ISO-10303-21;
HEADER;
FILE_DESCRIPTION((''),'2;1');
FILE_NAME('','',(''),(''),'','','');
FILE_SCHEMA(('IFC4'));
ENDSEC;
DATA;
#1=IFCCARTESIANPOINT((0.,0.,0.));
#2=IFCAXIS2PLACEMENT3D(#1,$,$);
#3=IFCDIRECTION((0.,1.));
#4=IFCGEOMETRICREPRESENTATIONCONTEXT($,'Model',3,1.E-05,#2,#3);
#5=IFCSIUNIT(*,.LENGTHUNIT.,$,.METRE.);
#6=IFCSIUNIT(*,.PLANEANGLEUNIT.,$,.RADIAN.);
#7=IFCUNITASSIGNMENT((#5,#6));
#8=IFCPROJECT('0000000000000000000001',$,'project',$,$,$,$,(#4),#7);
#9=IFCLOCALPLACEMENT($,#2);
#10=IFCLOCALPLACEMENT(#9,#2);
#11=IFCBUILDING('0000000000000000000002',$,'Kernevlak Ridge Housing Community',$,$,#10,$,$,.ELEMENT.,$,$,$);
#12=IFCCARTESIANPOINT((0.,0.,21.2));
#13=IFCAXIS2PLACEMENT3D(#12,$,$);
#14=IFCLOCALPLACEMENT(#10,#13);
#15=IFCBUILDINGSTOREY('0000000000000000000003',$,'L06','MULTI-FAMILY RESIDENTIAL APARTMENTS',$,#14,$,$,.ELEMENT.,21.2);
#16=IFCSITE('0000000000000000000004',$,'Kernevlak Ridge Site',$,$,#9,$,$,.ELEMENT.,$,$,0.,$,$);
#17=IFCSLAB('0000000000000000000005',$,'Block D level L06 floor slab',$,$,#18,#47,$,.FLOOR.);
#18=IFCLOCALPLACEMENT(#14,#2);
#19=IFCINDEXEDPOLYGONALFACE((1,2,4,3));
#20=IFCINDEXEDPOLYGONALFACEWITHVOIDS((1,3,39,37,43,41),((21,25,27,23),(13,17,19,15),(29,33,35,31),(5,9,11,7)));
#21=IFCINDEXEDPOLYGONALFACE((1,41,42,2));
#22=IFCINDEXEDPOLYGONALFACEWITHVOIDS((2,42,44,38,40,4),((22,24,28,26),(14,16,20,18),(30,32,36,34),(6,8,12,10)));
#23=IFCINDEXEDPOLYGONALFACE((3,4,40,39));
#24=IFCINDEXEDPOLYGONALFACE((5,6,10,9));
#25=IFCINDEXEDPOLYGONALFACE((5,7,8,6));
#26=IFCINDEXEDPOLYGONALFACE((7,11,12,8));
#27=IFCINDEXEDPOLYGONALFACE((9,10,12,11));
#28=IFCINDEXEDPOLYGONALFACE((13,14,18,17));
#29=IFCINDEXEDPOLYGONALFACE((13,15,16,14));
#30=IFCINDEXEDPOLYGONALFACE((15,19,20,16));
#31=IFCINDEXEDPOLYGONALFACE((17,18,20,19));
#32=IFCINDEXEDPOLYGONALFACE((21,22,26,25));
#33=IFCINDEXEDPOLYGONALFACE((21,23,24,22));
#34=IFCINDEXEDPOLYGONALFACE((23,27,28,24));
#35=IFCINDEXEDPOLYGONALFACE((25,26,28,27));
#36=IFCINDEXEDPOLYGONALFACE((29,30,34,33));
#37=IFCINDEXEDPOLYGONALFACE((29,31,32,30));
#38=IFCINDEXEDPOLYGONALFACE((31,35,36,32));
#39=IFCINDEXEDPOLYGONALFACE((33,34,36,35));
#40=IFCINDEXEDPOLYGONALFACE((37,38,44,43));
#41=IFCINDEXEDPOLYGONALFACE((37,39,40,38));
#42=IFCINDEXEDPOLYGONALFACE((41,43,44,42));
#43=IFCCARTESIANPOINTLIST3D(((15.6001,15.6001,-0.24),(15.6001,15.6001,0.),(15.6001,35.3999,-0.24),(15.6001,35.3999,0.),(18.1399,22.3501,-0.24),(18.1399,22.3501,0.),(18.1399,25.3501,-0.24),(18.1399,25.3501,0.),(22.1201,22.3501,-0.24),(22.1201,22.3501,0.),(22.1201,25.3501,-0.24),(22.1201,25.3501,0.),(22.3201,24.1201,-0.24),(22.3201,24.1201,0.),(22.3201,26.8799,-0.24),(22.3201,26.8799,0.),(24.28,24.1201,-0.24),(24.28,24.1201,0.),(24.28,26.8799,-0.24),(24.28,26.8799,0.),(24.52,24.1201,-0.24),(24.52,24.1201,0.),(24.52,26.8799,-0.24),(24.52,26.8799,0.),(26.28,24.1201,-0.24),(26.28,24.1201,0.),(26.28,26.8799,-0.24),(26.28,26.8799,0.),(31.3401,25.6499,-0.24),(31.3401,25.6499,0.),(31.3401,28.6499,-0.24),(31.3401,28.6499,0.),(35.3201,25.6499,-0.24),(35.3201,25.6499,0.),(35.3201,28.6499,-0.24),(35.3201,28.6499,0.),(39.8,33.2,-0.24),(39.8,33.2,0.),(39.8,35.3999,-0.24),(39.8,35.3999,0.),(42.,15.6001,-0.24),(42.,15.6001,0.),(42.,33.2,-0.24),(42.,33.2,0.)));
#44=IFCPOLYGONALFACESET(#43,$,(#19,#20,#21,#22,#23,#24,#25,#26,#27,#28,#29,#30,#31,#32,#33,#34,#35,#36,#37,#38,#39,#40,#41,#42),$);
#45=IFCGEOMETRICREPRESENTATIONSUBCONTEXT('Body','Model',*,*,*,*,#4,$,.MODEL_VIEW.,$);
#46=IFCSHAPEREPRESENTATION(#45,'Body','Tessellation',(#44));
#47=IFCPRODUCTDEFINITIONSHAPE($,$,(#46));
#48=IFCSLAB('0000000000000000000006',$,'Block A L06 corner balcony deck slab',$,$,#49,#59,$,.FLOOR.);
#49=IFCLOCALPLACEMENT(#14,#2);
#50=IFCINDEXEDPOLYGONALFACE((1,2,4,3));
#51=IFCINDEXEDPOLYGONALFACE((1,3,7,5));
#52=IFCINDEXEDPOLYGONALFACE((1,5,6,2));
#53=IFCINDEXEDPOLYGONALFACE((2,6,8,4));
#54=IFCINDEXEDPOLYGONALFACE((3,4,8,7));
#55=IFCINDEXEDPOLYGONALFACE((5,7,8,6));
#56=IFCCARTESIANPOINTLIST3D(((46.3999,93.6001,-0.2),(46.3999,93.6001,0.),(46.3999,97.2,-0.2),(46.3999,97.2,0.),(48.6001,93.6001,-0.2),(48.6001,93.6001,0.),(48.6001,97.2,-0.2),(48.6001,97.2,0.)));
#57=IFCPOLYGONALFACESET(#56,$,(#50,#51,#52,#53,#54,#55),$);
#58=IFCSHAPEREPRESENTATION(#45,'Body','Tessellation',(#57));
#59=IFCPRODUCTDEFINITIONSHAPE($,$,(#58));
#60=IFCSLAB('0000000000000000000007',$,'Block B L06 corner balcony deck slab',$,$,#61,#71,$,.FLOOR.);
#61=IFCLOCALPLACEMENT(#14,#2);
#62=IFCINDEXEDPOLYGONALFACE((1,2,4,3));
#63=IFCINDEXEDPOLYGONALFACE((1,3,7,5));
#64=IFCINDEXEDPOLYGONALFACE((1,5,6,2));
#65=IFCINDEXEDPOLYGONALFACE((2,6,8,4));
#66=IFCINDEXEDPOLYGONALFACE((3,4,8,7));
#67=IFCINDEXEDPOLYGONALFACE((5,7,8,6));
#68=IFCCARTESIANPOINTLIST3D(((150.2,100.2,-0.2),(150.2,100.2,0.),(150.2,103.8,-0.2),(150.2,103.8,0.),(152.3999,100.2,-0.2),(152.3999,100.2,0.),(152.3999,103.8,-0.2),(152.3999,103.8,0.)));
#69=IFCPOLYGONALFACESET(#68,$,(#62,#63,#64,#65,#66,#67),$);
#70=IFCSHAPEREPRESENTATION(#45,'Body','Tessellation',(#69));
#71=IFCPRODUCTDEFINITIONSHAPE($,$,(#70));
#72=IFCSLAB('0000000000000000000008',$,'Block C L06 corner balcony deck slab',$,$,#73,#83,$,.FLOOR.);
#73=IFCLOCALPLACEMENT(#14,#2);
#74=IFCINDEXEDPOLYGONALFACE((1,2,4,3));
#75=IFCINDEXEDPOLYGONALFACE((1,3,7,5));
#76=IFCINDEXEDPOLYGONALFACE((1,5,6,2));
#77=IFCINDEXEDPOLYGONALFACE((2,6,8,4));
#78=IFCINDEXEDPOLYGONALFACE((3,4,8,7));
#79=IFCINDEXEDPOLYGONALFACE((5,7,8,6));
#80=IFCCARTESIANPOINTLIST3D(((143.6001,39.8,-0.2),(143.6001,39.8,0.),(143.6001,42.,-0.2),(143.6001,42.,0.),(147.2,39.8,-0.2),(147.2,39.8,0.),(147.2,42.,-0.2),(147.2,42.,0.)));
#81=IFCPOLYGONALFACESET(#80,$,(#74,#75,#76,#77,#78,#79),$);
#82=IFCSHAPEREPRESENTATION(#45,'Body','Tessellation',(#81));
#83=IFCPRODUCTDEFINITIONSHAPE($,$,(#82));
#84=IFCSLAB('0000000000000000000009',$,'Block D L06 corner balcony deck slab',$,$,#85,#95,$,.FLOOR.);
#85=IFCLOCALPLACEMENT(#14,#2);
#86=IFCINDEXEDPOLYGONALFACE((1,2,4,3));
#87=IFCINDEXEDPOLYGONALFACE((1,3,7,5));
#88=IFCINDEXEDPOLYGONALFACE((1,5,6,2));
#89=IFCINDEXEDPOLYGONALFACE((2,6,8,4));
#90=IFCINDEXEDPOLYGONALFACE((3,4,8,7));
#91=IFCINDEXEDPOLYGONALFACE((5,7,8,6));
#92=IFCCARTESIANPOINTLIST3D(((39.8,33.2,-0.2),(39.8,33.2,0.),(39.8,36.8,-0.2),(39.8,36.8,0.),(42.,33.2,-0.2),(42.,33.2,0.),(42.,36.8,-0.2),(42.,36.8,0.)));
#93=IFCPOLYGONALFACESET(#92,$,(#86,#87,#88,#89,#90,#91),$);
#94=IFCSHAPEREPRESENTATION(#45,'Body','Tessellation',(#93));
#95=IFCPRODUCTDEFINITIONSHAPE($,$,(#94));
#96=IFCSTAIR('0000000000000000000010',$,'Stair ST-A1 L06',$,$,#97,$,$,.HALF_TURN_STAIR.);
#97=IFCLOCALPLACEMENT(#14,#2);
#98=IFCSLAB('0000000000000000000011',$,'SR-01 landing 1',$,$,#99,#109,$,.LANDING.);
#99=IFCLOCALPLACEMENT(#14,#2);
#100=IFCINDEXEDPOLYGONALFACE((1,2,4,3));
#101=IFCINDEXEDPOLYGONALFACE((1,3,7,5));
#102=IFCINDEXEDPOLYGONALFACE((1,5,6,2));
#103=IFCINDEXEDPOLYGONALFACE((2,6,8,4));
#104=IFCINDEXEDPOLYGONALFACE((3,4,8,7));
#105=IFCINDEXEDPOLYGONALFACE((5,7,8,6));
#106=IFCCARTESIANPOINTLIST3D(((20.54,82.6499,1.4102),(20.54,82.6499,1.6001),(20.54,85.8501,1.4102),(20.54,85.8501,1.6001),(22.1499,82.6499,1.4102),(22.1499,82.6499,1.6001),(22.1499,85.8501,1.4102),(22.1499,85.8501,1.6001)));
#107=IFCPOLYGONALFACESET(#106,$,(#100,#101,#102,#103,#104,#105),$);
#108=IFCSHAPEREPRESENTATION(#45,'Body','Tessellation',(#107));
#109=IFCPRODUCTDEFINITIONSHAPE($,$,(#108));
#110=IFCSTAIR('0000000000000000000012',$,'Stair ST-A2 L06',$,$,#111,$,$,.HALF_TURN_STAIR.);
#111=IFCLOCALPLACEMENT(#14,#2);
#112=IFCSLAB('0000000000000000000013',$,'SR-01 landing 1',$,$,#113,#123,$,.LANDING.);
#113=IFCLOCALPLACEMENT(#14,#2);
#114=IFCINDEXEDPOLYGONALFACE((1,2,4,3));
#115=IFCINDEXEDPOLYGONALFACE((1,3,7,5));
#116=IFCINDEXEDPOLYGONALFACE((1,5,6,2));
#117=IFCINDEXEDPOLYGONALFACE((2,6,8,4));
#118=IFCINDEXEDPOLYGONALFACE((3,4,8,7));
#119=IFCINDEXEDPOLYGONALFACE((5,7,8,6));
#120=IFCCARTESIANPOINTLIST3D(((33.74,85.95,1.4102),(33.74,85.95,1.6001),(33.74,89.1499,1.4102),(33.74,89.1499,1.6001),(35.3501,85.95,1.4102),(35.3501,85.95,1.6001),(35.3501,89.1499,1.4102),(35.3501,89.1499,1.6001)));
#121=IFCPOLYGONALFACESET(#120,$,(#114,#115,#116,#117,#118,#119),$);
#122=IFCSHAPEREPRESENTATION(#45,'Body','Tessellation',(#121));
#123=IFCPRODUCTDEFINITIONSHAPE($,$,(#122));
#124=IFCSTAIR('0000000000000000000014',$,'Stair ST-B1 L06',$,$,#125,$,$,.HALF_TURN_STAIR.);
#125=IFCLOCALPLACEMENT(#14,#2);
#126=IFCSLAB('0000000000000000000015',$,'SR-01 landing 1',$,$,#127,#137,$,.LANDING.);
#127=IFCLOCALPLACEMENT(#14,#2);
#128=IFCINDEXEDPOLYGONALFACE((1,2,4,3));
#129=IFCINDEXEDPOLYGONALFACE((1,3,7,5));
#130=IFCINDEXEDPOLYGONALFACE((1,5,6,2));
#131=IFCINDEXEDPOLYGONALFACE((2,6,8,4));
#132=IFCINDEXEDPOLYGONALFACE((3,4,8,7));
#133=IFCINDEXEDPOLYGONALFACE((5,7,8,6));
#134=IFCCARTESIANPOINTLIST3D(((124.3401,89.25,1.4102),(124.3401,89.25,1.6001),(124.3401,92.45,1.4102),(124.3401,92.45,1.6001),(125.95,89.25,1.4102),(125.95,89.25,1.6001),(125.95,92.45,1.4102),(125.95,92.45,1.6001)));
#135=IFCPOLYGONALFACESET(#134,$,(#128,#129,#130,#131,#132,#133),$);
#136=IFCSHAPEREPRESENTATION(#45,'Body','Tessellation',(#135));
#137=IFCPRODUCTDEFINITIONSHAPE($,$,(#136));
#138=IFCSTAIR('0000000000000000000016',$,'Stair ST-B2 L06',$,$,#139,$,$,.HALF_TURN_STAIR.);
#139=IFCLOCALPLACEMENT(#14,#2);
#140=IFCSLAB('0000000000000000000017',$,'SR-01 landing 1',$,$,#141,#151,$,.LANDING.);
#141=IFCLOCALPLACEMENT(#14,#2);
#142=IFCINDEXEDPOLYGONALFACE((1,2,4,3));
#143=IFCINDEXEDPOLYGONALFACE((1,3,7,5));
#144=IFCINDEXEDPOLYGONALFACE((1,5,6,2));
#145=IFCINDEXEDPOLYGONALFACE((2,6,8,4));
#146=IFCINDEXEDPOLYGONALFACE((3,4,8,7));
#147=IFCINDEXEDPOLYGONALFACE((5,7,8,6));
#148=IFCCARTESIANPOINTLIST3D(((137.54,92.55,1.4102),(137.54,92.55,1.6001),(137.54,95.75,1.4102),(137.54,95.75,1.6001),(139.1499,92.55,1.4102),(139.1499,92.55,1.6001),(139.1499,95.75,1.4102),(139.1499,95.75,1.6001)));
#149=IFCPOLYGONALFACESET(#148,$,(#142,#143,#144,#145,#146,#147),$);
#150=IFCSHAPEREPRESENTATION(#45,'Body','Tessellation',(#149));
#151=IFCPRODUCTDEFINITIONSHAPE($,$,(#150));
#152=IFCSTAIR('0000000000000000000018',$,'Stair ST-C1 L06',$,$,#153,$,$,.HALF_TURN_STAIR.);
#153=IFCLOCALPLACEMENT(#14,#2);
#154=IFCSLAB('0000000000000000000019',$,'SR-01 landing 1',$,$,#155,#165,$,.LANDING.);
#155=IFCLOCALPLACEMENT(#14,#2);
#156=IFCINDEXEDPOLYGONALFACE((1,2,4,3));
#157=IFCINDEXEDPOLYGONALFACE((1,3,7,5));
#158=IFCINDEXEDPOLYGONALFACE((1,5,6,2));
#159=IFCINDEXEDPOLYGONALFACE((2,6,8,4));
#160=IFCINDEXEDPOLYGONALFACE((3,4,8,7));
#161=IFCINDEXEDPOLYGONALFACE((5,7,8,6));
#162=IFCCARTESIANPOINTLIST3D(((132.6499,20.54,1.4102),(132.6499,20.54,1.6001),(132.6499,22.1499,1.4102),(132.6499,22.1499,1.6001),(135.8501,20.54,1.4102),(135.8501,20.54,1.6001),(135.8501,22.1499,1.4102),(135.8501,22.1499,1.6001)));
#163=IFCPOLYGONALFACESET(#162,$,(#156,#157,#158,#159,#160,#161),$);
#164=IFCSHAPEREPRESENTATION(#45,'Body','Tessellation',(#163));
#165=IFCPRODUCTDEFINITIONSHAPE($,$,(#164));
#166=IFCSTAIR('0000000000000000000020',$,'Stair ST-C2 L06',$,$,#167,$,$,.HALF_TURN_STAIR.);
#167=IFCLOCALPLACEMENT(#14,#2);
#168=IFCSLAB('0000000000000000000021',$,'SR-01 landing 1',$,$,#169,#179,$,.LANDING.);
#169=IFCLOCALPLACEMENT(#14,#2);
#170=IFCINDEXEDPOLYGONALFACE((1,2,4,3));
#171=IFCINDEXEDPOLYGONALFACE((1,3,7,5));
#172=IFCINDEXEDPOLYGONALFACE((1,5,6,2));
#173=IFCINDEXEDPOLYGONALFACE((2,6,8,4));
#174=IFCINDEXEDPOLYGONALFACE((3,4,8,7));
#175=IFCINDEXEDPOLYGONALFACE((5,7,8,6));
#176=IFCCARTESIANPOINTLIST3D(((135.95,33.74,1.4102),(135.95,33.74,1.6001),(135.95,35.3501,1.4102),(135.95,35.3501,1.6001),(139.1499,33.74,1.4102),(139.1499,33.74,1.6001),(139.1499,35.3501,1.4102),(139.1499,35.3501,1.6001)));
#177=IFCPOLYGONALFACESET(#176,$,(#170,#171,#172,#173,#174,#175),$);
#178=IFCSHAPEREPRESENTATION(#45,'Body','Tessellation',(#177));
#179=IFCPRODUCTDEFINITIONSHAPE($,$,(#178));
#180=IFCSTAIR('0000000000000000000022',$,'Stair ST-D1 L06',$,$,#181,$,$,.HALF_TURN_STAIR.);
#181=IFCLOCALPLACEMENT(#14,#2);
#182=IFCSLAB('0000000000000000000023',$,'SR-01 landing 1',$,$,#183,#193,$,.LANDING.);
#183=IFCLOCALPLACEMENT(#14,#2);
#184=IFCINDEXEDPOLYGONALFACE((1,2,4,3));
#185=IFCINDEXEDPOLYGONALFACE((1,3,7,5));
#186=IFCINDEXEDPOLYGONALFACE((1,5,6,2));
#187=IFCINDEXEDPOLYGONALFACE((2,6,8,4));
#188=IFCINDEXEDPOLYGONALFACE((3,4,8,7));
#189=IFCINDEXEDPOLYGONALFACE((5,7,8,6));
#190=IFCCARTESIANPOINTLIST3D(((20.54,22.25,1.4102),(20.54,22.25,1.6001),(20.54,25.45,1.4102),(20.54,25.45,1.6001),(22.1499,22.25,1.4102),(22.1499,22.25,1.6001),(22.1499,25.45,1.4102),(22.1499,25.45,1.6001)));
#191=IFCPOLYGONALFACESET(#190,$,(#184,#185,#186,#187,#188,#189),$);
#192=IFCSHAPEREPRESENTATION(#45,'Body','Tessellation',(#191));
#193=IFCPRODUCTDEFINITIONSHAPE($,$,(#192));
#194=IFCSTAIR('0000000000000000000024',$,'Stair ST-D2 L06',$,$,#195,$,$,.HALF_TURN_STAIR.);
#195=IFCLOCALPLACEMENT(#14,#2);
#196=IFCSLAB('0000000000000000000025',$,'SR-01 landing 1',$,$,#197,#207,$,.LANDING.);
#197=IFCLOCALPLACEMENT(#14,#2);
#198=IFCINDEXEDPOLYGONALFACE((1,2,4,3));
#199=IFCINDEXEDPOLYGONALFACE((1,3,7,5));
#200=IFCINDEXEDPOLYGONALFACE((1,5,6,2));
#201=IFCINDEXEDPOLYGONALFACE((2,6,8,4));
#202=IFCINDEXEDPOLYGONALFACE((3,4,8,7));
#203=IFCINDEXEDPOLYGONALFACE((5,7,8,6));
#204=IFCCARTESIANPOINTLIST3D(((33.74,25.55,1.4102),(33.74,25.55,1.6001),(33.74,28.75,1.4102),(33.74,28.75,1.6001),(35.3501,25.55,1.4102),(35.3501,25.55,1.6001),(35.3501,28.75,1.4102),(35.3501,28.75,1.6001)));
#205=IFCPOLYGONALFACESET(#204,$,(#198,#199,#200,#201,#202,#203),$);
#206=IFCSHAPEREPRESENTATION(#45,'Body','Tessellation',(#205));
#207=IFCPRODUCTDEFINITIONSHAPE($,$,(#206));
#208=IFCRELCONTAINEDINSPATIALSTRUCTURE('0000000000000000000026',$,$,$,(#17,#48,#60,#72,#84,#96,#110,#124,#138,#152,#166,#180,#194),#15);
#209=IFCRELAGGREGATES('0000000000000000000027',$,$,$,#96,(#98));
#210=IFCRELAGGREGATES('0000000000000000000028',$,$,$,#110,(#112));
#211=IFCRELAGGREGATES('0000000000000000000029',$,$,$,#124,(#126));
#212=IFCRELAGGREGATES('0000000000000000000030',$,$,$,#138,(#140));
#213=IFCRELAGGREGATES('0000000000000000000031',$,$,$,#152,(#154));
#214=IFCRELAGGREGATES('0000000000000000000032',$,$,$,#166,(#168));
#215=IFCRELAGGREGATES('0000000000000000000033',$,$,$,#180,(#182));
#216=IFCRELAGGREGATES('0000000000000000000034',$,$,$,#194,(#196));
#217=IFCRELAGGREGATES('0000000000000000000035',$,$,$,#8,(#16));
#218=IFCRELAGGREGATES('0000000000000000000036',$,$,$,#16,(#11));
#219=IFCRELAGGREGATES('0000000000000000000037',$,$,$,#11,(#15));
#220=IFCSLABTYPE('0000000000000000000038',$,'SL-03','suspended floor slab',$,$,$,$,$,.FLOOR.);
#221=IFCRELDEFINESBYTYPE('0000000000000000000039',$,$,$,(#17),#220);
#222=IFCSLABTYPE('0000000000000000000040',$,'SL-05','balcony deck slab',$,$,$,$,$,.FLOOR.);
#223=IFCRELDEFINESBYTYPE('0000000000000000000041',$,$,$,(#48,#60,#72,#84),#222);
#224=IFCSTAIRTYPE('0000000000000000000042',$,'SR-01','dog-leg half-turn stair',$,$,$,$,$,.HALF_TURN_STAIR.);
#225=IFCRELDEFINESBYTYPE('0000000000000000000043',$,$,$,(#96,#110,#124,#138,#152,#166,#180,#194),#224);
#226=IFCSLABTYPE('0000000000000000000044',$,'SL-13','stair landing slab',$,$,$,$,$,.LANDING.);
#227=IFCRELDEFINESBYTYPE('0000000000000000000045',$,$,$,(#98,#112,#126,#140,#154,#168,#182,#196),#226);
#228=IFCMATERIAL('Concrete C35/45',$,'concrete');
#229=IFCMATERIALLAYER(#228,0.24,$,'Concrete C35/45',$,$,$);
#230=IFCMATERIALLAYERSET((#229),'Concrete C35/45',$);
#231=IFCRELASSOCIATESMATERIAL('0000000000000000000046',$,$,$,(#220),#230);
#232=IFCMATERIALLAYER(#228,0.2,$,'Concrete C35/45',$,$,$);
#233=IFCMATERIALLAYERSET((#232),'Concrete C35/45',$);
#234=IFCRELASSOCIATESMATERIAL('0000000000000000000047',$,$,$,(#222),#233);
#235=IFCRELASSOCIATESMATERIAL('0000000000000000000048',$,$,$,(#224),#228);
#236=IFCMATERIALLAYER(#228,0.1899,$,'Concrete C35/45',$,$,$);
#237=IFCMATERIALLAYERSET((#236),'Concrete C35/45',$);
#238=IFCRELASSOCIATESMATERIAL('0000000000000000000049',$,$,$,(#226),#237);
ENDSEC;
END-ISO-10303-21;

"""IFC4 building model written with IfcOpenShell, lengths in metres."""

from ifc_helpers import new_model, si_unit, direction, frame, origin, place, context, subcontext, project, spatial, polyline, outline, extrude, material, layer, layer_set, type_object, element, aggregate, save


model = new_model("IFC4")

# Units and contexts
model_context = context("Model", 3, precision=1e-05, world=origin(), true_north=direction((0.0, 1.0)))
body_context = subcontext(model_context, "Body", "Model", "MODEL_VIEW")
ifc_project = project(units=[si_unit("LENGTHUNIT", "METRE"), si_unit("PLANEANGLEUNIT", "RADIAN")], contexts=[model_context])

# Site, building, storey
site_placement = place(None, origin())
site = spatial("IfcSite", under=ifc_project, at=site_placement, Name="Kernevlak Ridge Site", CompositionType="ELEMENT", RefElevation=0.0)
building_placement = place(site_placement, origin())
building = spatial("IfcBuilding", under=site, at=building_placement, Name="Kernevlak Ridge Housing Community", CompositionType="ELEMENT")
storey_placement = place(building_placement, frame((0.0, 0.0, 21.2)))
storey = spatial("IfcBuildingStorey", under=building, at=storey_placement, Name="L06", Description="MULTI-FAMILY RESIDENTIAL APARTMENTS", CompositionType="ELEMENT", Elevation=21.2)

# Shared definitions
ifc_material_1 = material(Name="Concrete C35/45", Category="concrete")

# Slabs
ifc_layer_1 = layer(ifc_material_1, 0.24, Name="Concrete C35/45")
ifc_layer_set_1 = layer_set([ifc_layer_1], Name="Concrete C35/45")
slab_type_1 = type_object("IfcSlabType", Name="SL-03", Description="suspended floor slab", PredefinedType="FLOOR", material=ifc_layer_set_1)
slab_1_placement = place(storey_placement, frame((0.0, 0.0, -0.24)))
element("IfcSlab", 1, at=slab_1_placement, inside=storey, type_object=slab_type_1, Name="Block D level L06 floor slab", PredefinedType="FLOOR", context=body_context, shape_type="SweptSolid", body=[
    extrude(outline(polyline([(15.6001, 15.6001), (42.0, 15.6001), (42.0, 33.2), (39.8, 33.2), (39.8, 35.3999), (15.6001, 35.3999), (15.6001, 15.6001)]), holes=[polyline([(18.1399, 25.3501), (22.1201, 25.3501), (22.1201, 22.3501), (18.1399, 22.3501), (18.1399, 25.3501)]), polyline([(31.3401, 28.6499), (35.3201, 28.6499), (35.3201, 25.6499), (31.3401, 25.6499), (31.3401, 28.6499)]), polyline([(22.3201, 26.8799), (24.28, 26.8799), (24.28, 24.1201), (22.3201, 24.1201), (22.3201, 26.8799)]), polyline([(24.52, 26.8799), (26.28, 26.8799), (26.28, 24.1201), (24.52, 24.1201), (24.52, 26.8799)])]), origin(), (0.0, 0.0, 1.0), 0.24),
])
ifc_layer_2 = layer(ifc_material_1, 0.2, Name="Concrete C35/45")
ifc_layer_set_2 = layer_set([ifc_layer_2], Name="Concrete C35/45")
slab_type_2 = type_object("IfcSlabType", Name="SL-05", Description="balcony deck slab", PredefinedType="FLOOR", material=ifc_layer_set_2)
slab_2_placement = place(storey_placement, frame((0.0, 0.0, -0.2)))
element("IfcSlab", 2, at=slab_2_placement, inside=storey, type_object=slab_type_2, Name="Block A L06 corner balcony deck slab", PredefinedType="FLOOR", context=body_context, shape_type="SweptSolid", body=[
    extrude(outline(polyline([(46.3999, 93.6001), (48.6001, 93.6001), (48.6001, 97.2), (46.3999, 97.2), (46.3999, 93.6001)])), origin(), (0.0, 0.0, 1.0), 0.2),
])
slab_3_placement = place(storey_placement, frame((0.0, 0.0, -0.2)))
element("IfcSlab", 3, at=slab_3_placement, inside=storey, type_object=slab_type_2, Name="Block B L06 corner balcony deck slab", PredefinedType="FLOOR", context=body_context, shape_type="SweptSolid", body=[
    extrude(outline(polyline([(150.2, 100.2), (152.3999, 100.2), (152.3999, 103.8), (150.2, 103.8), (150.2, 100.2)])), origin(), (0.0, 0.0, 1.0), 0.2),
])
slab_4_placement = place(storey_placement, frame((0.0, 0.0, -0.2)))
element("IfcSlab", 4, at=slab_4_placement, inside=storey, type_object=slab_type_2, Name="Block C L06 corner balcony deck slab", PredefinedType="FLOOR", context=body_context, shape_type="SweptSolid", body=[
    extrude(outline(polyline([(147.2, 39.8), (147.2, 42.0), (143.6001, 42.0), (143.6001, 39.8), (147.2, 39.8)])), origin(), (0.0, 0.0, 1.0), 0.2),
])
slab_5_placement = place(storey_placement, frame((0.0, 0.0, -0.2)))
element("IfcSlab", 5, at=slab_5_placement, inside=storey, type_object=slab_type_2, Name="Block D L06 corner balcony deck slab", PredefinedType="FLOOR", context=body_context, shape_type="SweptSolid", body=[
    extrude(outline(polyline([(39.8, 33.2), (42.0, 33.2), (42.0, 36.8), (39.8, 36.8), (39.8, 33.2)])), origin(), (0.0, 0.0, 1.0), 0.2),
])

# Stairs, slabs
stair_type = type_object("IfcStairType", Name="SR-01", Description="dog-leg half-turn stair", PredefinedType="HALF_TURN_STAIR", material=ifc_material_1)
stair_1_placement = place(storey_placement, origin())
stair_1 = element("IfcStair", 6, at=stair_1_placement, inside=storey, type_object=stair_type, Name="Stair ST-A1 L06", PredefinedType="HALF_TURN_STAIR")
ifc_layer_3 = layer(ifc_material_1, 0.1899, Name="Concrete C35/45")
ifc_layer_set_3 = layer_set([ifc_layer_3], Name="Concrete C35/45")
slab_type_3 = type_object("IfcSlabType", Name="SL-13", Description="stair landing slab", PredefinedType="LANDING", material=ifc_layer_set_3)
slab_6_placement = place(storey_placement, frame((0.0, 0.0, 1.4102)))
slab_6 = element("IfcSlab", 7, at=slab_6_placement, type_object=slab_type_3, Name="SR-01 landing 1", PredefinedType="LANDING", context=body_context, shape_type="SweptSolid", body=[
    extrude(outline(polyline([(20.54, 82.6499), (22.1499, 82.6499), (22.1499, 85.8501), (20.54, 85.8501), (20.54, 82.6499)])), origin(), (0.0, 0.0, 1.0), 0.1899),
])
aggregate(stair_1, [slab_6])
stair_2_placement = place(storey_placement, origin())
stair_2 = element("IfcStair", 8, at=stair_2_placement, inside=storey, type_object=stair_type, Name="Stair ST-A2 L06", PredefinedType="HALF_TURN_STAIR")
slab_7_placement = place(storey_placement, frame((0.0, 0.0, 1.4102)))
slab_7 = element("IfcSlab", 9, at=slab_7_placement, type_object=slab_type_3, Name="SR-01 landing 1", PredefinedType="LANDING", context=body_context, shape_type="SweptSolid", body=[
    extrude(outline(polyline([(33.74, 85.95), (35.3501, 85.95), (35.3501, 89.1499), (33.74, 89.1499), (33.74, 85.95)])), origin(), (0.0, 0.0, 1.0), 0.1899),
])
aggregate(stair_2, [slab_7])
stair_3_placement = place(storey_placement, origin())
stair_3 = element("IfcStair", 10, at=stair_3_placement, inside=storey, type_object=stair_type, Name="Stair ST-B1 L06", PredefinedType="HALF_TURN_STAIR")
slab_8_placement = place(storey_placement, frame((0.0, 0.0, 1.4102)))
slab_8 = element("IfcSlab", 11, at=slab_8_placement, type_object=slab_type_3, Name="SR-01 landing 1", PredefinedType="LANDING", context=body_context, shape_type="SweptSolid", body=[
    extrude(outline(polyline([(124.3401, 89.25), (125.95, 89.25), (125.95, 92.45), (124.3401, 92.45), (124.3401, 89.25)])), origin(), (0.0, 0.0, 1.0), 0.1899),
])
aggregate(stair_3, [slab_8])
stair_4_placement = place(storey_placement, origin())
stair_4 = element("IfcStair", 12, at=stair_4_placement, inside=storey, type_object=stair_type, Name="Stair ST-B2 L06", PredefinedType="HALF_TURN_STAIR")
slab_9_placement = place(storey_placement, frame((0.0, 0.0, 1.4102)))
slab_9 = element("IfcSlab", 13, at=slab_9_placement, type_object=slab_type_3, Name="SR-01 landing 1", PredefinedType="LANDING", context=body_context, shape_type="SweptSolid", body=[
    extrude(outline(polyline([(137.54, 92.55), (139.1499, 92.55), (139.1499, 95.75), (137.54, 95.75), (137.54, 92.55)])), origin(), (0.0, 0.0, 1.0), 0.1899),
])
aggregate(stair_4, [slab_9])
stair_5_placement = place(storey_placement, origin())
stair_5 = element("IfcStair", 14, at=stair_5_placement, inside=storey, type_object=stair_type, Name="Stair ST-C1 L06", PredefinedType="HALF_TURN_STAIR")
slab_10_placement = place(storey_placement, frame((0.0, 0.0, 1.4102)))
slab_10 = element("IfcSlab", 15, at=slab_10_placement, type_object=slab_type_3, Name="SR-01 landing 1", PredefinedType="LANDING", context=body_context, shape_type="SweptSolid", body=[
    extrude(outline(polyline([(135.8501, 20.54), (135.8501, 22.1499), (132.6499, 22.1499), (132.6499, 20.54), (135.8501, 20.54)])), origin(), (0.0, 0.0, 1.0), 0.1899),
])
aggregate(stair_5, [slab_10])
stair_6_placement = place(storey_placement, origin())
stair_6 = element("IfcStair", 16, at=stair_6_placement, inside=storey, type_object=stair_type, Name="Stair ST-C2 L06", PredefinedType="HALF_TURN_STAIR")
slab_11_placement = place(storey_placement, frame((0.0, 0.0, 1.4102)))
slab_11 = element("IfcSlab", 17, at=slab_11_placement, type_object=slab_type_3, Name="SR-01 landing 1", PredefinedType="LANDING", context=body_context, shape_type="SweptSolid", body=[
    extrude(outline(polyline([(139.1499, 33.74), (139.1499, 35.3501), (135.95, 35.3501), (135.95, 33.74), (139.1499, 33.74)])), origin(), (0.0, 0.0, 1.0), 0.1899),
])
aggregate(stair_6, [slab_11])
stair_7_placement = place(storey_placement, origin())
stair_7 = element("IfcStair", 18, at=stair_7_placement, inside=storey, type_object=stair_type, Name="Stair ST-D1 L06", PredefinedType="HALF_TURN_STAIR")
slab_12_placement = place(storey_placement, frame((0.0, 0.0, 1.4102)))
slab_12 = element("IfcSlab", 19, at=slab_12_placement, type_object=slab_type_3, Name="SR-01 landing 1", PredefinedType="LANDING", context=body_context, shape_type="SweptSolid", body=[
    extrude(outline(polyline([(20.54, 22.25), (22.1499, 22.25), (22.1499, 25.45), (20.54, 25.45), (20.54, 22.25)])), origin(), (0.0, 0.0, 1.0), 0.1899),
])
aggregate(stair_7, [slab_12])
stair_8_placement = place(storey_placement, origin())
stair_8 = element("IfcStair", 20, at=stair_8_placement, inside=storey, type_object=stair_type, Name="Stair ST-D2 L06", PredefinedType="HALF_TURN_STAIR")
slab_13_placement = place(storey_placement, frame((0.0, 0.0, 1.4102)))
slab_13 = element("IfcSlab", 21, at=slab_13_placement, type_object=slab_type_3, Name="SR-01 landing 1", PredefinedType="LANDING", context=body_context, shape_type="SweptSolid", body=[
    extrude(outline(polyline([(33.74, 25.55), (35.3501, 25.55), (35.3501, 28.75), (33.74, 28.75), (33.74, 25.55)])), origin(), (0.0, 0.0, 1.0), 0.1899),
])
aggregate(stair_8, [slab_13])

save(model, "model.ifc")
